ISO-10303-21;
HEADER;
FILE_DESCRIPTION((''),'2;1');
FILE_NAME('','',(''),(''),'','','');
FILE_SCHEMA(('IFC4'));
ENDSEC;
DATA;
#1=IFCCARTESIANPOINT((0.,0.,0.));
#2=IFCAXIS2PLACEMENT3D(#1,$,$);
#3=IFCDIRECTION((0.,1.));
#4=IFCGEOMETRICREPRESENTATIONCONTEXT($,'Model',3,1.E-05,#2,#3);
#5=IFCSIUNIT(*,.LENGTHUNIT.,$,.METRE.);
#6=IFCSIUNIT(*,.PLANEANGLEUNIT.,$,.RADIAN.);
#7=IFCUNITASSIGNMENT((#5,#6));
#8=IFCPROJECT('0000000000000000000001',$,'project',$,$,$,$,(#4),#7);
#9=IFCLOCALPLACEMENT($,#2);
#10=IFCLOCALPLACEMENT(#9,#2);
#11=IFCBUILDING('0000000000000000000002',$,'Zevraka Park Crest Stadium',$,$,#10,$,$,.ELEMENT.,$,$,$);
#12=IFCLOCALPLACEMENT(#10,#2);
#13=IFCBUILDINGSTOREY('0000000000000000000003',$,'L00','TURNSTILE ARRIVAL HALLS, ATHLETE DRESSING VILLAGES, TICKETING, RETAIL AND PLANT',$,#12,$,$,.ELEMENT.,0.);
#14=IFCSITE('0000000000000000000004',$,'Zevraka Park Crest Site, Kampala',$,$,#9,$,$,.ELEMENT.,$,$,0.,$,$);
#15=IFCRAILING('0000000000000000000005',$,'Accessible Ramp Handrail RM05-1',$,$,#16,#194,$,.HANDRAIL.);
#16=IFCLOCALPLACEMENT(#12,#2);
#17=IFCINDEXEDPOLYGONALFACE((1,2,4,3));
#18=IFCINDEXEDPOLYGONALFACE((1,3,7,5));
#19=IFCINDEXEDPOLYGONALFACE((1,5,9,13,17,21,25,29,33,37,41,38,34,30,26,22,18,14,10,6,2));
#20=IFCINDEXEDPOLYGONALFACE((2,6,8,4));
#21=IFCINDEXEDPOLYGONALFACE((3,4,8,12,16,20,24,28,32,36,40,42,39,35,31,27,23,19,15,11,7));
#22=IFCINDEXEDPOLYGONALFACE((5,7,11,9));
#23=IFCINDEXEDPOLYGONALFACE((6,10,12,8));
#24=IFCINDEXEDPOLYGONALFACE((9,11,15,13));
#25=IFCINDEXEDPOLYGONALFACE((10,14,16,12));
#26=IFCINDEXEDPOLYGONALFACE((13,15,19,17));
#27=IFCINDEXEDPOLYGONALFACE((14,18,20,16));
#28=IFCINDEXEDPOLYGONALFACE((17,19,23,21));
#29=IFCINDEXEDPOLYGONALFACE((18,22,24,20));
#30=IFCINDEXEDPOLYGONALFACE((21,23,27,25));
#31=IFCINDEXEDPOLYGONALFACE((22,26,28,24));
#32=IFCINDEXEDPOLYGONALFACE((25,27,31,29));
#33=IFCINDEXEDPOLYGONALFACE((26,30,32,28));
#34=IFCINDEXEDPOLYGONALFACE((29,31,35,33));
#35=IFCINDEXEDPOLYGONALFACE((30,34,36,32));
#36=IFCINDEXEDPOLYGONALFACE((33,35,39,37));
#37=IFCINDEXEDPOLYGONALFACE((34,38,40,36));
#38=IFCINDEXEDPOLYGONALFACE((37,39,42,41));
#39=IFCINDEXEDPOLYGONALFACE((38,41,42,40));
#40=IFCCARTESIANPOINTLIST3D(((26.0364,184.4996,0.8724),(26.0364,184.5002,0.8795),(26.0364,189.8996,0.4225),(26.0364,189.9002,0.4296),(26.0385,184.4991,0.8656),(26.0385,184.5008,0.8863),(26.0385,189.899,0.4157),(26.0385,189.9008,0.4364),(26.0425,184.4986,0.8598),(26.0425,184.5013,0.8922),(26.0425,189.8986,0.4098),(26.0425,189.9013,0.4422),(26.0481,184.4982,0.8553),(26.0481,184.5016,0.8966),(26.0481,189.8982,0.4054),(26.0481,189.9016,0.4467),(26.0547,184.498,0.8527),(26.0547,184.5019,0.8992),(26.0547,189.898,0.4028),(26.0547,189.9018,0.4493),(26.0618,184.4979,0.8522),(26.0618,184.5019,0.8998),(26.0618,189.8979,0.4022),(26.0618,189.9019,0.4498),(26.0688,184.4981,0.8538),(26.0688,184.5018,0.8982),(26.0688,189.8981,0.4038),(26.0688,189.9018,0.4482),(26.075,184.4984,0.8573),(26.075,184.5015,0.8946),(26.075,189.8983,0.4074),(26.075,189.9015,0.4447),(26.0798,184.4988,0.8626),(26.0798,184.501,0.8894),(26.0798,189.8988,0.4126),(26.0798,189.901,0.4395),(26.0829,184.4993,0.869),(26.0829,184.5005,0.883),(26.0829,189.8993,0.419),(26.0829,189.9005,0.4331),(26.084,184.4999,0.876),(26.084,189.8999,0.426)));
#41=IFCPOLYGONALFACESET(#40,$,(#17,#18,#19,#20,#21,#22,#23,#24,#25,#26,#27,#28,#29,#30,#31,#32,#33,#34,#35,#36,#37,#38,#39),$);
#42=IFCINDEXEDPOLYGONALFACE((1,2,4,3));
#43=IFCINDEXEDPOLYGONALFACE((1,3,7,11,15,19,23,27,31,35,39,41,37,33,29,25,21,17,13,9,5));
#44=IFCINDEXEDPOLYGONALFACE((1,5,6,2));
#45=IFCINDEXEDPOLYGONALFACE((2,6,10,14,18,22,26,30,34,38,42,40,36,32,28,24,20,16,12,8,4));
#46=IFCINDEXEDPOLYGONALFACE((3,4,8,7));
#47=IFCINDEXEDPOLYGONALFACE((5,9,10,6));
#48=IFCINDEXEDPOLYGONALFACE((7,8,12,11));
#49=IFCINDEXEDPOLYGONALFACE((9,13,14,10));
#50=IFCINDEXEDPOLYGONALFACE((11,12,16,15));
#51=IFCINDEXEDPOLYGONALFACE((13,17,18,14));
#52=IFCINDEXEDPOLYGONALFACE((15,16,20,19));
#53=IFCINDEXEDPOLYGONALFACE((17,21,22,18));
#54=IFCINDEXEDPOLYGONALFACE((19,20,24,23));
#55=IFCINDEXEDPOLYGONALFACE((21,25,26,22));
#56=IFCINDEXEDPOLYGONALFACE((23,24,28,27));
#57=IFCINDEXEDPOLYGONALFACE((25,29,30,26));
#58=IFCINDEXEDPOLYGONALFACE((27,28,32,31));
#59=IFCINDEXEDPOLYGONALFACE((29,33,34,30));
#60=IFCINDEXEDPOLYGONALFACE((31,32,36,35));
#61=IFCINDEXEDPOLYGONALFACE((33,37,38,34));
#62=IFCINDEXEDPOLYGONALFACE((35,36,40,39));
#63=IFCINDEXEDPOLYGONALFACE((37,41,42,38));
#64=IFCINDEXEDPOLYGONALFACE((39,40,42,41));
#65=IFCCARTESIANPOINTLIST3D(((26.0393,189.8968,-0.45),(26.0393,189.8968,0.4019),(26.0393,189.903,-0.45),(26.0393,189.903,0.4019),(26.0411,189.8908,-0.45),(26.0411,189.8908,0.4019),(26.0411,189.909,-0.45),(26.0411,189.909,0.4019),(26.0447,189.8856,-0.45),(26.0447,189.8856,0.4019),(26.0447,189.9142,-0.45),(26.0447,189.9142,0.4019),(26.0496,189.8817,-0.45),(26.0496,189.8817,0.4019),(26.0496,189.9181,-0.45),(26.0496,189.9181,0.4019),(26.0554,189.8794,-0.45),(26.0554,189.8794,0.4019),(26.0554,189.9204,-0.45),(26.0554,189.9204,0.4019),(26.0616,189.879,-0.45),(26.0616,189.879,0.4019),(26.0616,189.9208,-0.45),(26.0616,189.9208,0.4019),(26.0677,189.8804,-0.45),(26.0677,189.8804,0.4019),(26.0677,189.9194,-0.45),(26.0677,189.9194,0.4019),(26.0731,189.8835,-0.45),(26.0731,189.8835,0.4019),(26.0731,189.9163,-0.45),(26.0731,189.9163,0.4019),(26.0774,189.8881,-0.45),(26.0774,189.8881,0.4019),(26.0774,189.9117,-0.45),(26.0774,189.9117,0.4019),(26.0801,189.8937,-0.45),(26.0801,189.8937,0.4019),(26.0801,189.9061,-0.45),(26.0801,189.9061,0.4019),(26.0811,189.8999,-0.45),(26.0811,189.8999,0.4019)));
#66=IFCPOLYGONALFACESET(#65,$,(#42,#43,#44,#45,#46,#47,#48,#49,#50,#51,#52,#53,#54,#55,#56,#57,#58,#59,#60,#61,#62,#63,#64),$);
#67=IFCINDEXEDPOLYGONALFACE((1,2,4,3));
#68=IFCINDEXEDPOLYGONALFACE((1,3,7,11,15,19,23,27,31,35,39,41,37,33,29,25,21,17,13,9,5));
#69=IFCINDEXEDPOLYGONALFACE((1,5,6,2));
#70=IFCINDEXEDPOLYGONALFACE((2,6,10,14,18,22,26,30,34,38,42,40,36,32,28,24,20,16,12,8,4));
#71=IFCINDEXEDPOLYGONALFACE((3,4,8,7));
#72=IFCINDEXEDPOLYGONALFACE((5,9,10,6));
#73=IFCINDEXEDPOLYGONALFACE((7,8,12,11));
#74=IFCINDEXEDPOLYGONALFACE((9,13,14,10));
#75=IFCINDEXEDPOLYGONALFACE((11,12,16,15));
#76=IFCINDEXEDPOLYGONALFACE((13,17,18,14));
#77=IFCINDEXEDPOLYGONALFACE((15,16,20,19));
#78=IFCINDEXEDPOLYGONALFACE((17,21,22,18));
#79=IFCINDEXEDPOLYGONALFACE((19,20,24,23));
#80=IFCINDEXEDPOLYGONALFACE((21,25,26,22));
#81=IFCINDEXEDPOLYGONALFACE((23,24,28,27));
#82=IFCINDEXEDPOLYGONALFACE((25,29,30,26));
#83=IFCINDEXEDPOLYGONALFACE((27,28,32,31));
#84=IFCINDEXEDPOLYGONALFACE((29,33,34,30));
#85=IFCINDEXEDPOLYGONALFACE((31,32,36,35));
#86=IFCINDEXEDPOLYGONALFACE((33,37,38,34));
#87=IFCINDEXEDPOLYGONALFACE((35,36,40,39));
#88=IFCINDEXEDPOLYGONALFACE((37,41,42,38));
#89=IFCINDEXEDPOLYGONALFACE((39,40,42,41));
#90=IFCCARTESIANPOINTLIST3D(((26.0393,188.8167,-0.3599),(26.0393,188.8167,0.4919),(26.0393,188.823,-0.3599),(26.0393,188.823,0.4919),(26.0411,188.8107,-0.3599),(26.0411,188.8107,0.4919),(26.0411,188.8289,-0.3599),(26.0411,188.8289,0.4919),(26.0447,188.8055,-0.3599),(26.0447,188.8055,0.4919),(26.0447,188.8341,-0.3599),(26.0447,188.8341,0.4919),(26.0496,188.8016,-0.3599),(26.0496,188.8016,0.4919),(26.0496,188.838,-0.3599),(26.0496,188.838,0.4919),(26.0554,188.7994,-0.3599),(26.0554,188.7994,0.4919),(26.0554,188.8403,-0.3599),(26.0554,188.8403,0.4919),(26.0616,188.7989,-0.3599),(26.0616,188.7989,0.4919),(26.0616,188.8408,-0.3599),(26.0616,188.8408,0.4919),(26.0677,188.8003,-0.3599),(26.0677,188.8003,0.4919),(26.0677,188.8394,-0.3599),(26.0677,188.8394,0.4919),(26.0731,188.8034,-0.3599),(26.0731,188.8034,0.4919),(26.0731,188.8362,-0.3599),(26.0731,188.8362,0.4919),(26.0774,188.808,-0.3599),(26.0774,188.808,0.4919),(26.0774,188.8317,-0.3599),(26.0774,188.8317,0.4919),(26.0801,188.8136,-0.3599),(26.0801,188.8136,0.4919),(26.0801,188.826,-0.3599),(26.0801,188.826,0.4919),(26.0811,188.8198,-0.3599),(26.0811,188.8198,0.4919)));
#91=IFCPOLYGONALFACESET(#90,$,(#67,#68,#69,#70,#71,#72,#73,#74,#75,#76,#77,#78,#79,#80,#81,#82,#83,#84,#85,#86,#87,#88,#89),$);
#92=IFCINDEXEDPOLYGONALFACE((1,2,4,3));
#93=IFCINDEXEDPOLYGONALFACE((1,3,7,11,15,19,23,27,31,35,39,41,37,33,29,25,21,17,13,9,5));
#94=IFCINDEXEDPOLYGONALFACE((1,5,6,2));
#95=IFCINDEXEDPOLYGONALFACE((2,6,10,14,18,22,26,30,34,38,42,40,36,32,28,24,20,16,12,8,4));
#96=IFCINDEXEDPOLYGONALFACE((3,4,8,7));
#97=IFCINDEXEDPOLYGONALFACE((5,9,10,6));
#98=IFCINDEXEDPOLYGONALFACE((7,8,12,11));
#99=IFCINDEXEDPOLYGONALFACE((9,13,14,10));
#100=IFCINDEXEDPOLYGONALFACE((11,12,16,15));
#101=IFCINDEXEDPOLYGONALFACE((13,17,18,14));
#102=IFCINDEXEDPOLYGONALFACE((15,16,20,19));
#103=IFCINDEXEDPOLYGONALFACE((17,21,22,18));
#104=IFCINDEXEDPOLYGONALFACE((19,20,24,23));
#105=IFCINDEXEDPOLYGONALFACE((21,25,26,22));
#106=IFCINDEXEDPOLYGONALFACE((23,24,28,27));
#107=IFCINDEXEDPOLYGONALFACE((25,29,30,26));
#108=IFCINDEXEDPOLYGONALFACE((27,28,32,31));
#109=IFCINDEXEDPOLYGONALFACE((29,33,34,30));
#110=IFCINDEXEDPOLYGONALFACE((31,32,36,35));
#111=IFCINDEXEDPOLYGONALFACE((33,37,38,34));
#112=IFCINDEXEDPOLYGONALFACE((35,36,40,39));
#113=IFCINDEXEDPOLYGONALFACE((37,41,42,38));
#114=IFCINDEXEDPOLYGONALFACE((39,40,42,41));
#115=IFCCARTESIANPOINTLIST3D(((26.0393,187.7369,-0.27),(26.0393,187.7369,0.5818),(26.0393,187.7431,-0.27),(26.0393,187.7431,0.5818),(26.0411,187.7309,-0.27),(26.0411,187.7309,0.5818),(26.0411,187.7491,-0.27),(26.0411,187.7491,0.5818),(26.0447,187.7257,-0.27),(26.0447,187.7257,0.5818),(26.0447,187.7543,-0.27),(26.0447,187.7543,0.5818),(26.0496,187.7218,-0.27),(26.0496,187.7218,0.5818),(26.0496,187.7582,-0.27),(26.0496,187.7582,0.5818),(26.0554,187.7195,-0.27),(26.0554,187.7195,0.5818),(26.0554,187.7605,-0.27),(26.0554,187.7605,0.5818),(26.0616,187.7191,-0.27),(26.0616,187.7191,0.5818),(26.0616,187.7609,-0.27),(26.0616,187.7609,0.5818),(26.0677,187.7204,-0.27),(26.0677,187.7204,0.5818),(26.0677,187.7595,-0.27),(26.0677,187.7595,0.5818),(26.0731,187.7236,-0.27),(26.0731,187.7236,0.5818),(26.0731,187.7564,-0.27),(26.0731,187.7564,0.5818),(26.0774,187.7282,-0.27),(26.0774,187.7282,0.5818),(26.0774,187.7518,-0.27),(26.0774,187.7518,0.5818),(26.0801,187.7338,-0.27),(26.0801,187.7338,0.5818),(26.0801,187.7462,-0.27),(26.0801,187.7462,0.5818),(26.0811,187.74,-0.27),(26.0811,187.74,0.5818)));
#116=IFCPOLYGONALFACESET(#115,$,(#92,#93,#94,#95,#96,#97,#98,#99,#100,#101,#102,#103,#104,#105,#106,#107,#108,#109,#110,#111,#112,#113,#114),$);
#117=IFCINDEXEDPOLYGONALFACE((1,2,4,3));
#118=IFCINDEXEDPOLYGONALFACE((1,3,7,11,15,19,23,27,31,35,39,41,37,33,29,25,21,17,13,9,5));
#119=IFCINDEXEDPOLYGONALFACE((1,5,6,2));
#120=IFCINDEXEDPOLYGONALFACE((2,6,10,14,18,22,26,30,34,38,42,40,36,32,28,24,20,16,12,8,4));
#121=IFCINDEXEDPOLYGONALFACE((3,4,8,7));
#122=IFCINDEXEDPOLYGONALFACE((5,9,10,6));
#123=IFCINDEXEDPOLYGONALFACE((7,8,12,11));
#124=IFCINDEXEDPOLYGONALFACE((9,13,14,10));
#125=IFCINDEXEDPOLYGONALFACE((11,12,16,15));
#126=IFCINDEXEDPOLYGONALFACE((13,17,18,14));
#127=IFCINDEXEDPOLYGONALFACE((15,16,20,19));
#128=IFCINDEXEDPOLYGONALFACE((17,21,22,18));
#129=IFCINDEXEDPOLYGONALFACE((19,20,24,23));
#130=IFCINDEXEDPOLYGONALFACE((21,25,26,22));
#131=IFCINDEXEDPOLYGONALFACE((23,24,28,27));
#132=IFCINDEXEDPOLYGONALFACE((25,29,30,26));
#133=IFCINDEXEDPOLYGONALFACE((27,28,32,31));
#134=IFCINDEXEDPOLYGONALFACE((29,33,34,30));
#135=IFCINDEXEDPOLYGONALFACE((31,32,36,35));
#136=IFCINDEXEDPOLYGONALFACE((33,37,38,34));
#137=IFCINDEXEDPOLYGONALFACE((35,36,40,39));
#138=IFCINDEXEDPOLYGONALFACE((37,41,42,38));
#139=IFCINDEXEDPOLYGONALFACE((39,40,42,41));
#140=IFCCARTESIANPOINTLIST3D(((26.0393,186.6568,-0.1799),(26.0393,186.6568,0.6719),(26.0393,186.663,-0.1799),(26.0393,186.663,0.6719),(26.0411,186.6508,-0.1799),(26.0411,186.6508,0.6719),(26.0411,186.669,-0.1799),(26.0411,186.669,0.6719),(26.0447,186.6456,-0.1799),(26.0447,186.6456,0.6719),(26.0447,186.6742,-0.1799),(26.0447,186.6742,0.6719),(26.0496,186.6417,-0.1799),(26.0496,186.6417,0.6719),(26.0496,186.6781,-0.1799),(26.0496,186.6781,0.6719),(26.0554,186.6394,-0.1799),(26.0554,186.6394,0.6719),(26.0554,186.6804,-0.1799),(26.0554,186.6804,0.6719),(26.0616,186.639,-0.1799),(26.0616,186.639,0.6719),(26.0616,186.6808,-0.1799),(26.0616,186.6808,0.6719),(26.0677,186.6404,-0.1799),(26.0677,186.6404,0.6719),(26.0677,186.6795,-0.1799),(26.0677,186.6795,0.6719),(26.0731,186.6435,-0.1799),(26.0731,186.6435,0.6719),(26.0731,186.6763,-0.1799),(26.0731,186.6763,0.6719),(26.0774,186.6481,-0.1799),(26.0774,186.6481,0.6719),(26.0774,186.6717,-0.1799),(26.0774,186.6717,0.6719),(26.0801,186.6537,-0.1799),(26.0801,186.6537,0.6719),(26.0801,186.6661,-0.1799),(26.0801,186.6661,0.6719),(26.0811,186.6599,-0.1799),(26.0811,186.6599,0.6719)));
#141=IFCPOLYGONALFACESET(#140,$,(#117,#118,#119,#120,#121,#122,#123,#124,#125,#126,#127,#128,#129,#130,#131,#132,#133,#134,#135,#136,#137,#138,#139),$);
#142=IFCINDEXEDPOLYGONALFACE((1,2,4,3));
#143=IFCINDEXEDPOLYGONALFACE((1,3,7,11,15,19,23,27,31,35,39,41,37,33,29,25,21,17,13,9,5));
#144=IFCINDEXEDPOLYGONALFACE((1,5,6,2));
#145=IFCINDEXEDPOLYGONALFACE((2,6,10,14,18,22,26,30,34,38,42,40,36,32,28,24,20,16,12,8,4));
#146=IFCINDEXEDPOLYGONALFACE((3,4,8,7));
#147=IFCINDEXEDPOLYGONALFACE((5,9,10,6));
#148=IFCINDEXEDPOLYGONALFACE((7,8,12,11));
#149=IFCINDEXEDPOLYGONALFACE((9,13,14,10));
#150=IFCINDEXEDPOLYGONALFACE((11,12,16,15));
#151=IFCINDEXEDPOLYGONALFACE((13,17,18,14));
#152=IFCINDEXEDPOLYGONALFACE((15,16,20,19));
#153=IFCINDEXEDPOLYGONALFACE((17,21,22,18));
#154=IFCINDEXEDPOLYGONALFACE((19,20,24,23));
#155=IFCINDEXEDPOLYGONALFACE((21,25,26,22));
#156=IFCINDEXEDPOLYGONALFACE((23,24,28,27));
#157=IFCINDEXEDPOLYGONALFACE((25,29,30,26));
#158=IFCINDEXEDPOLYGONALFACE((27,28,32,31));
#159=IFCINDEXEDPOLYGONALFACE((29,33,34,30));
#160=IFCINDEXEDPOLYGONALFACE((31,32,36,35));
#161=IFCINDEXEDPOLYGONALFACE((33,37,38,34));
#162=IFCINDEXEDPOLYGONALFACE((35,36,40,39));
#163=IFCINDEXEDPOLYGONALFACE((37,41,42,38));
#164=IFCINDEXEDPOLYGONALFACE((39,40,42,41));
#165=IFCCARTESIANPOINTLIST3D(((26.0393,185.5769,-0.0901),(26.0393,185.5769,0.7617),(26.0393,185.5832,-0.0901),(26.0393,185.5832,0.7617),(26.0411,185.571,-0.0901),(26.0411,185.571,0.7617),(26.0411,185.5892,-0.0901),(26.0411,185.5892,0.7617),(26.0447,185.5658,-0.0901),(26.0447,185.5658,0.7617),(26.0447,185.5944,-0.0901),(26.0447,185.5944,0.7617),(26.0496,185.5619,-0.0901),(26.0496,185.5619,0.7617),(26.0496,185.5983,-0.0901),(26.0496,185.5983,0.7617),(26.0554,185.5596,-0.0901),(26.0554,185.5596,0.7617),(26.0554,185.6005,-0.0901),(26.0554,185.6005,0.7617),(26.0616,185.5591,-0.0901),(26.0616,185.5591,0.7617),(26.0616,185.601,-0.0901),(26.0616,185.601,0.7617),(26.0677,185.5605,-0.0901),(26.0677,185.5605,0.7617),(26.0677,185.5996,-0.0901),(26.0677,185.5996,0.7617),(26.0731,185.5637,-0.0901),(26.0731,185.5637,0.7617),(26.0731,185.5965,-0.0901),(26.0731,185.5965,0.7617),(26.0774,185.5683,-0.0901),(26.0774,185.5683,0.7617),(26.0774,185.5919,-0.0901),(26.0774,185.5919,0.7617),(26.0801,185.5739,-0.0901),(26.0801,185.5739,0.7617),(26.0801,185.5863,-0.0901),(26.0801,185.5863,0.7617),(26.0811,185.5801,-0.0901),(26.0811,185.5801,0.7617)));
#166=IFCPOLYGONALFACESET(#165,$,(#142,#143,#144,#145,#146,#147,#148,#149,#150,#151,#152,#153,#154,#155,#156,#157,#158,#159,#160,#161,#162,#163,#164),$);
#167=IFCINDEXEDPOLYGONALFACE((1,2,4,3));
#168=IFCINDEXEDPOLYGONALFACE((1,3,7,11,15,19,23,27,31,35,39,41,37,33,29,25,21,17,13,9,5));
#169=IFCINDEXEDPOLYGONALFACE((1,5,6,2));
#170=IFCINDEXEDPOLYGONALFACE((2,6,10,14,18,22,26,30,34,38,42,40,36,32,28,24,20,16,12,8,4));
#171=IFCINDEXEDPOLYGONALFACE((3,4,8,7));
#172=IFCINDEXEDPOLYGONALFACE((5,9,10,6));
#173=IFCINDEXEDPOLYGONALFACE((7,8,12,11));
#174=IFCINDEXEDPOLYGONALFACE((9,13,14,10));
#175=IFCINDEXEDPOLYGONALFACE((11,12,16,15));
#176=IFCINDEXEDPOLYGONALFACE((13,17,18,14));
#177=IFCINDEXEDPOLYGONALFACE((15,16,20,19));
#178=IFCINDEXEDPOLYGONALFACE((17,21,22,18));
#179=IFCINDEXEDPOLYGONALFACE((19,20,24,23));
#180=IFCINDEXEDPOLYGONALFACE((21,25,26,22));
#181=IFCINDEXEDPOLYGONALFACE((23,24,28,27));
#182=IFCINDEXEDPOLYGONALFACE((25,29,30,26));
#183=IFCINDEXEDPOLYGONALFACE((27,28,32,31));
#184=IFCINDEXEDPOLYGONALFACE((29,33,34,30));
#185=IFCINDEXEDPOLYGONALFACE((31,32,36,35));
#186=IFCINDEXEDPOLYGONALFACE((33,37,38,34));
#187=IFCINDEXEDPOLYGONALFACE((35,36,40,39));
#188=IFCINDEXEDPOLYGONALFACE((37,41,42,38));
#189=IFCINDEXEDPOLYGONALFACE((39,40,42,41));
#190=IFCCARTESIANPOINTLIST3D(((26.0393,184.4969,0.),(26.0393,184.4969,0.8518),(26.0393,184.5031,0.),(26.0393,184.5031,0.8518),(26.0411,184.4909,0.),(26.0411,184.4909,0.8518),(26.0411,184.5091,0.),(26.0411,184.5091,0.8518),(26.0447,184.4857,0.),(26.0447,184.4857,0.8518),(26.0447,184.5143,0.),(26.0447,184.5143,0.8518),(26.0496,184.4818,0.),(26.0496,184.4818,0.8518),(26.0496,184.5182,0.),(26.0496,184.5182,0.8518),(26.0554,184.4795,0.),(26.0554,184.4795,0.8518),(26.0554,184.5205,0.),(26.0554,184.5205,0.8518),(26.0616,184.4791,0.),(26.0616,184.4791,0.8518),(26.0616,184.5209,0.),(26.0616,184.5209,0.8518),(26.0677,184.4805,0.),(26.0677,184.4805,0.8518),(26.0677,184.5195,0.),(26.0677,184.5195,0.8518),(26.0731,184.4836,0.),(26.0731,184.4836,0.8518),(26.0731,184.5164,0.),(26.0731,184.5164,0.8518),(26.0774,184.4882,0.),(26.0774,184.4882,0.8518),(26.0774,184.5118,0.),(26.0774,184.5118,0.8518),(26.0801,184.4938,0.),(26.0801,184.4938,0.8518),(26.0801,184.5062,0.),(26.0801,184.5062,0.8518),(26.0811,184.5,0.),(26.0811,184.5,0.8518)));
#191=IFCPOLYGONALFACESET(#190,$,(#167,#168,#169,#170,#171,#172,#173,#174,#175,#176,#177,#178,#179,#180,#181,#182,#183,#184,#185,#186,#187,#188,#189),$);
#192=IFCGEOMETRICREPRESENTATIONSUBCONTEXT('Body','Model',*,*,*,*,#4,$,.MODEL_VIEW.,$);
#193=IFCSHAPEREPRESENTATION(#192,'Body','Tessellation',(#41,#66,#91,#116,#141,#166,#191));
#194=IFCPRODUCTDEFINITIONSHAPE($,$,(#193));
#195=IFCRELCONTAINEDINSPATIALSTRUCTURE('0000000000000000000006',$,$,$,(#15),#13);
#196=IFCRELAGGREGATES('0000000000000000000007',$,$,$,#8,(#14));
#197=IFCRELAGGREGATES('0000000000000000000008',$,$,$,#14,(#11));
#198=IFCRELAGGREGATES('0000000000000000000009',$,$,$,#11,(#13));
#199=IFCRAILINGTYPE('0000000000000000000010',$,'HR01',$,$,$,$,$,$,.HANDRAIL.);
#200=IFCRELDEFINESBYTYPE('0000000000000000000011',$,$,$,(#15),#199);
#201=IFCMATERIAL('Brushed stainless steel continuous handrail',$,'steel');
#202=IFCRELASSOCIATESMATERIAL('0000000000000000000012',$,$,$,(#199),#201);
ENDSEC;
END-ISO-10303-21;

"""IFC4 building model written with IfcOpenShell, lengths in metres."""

from ifc_helpers import new_model, si_unit, direction, frame, origin, origin_2d, place, context, subcontext, project, spatial, circle, extrude, material, type_object, element, save


model = new_model("IFC4")

# Units and contexts
model_context = context("Model", 3, precision=1e-05, world=origin(), true_north=direction((0.0, 1.0)))
body_context = subcontext(model_context, "Body", "Model", "MODEL_VIEW")
ifc_project = project(units=[si_unit("LENGTHUNIT", "METRE"), si_unit("PLANEANGLEUNIT", "RADIAN")], contexts=[model_context])

# Site, building, storey
site_placement = place(None, origin())
site = spatial("IfcSite", under=ifc_project, at=site_placement, Name="Zevraka Park Crest Site, Kampala", CompositionType="ELEMENT", RefElevation=0.0)
building_placement = place(site_placement, origin())
building = spatial("IfcBuilding", under=site, at=building_placement, Name="Zevraka Park Crest Stadium", CompositionType="ELEMENT")
storey_placement = place(building_placement, origin())
storey = spatial("IfcBuildingStorey", under=building, at=storey_placement, Name="L00", Description="TURNSTILE ARRIVAL HALLS, ATHLETE DRESSING VILLAGES, TICKETING, RETAIL AND PLANT", CompositionType="ELEMENT", Elevation=0.0)

# Railing
ifc_material_1 = material(Name="Brushed stainless steel continuous handrail", Category="steel")
railing_type = type_object("IfcRailingType", Name="HR01", PredefinedType="HANDRAIL", material=ifc_material_1)
for number, where, name in (
    (1, (26.0601, 189.8999, -0.45), "Accessible Ramp Handrail RM05-1"),
):
    element("IfcRailing", number, at=place(storey_placement, frame(where)), inside=storey, type_object=railing_type, Name=name, PredefinedType="HANDRAIL", context=body_context, shape_type="SweptSolid", body=[
        extrude(circle(Radius=0.0239, at=origin_2d()), frame((0.0, 0.0, 0.876), z_axis=(0.0, -0.996546, 0.083038), x_axis=(1.0, 0.0, 0.0)), (0.0, 0.0, 1.0), 5.4187),
        extrude(circle(Radius=0.021, at=origin_2d()), origin(), (0.0, 0.0, 1.0), 0.8518),
        extrude(circle(Radius=0.021, at=origin_2d()), frame((0.0, -1.0801, 0.0901)), (0.0, 0.0, 1.0), 0.8518),
        extrude(circle(Radius=0.021, at=origin_2d()), frame((0.0, -2.1599, 0.1799)), (0.0, 0.0, 1.0), 0.8518),
        extrude(circle(Radius=0.021, at=origin_2d()), frame((0.0, -3.24, 0.27)), (0.0, 0.0, 1.0), 0.8518),
        extrude(circle(Radius=0.021, at=origin_2d()), frame((0.0, -4.3198, 0.3599)), (0.0, 0.0, 1.0), 0.8518),
        extrude(circle(Radius=0.021, at=origin_2d()), frame((0.0, -5.3999, 0.45)), (0.0, 0.0, 1.0), 0.8518),
    ])

save(model, "model.ifc")
